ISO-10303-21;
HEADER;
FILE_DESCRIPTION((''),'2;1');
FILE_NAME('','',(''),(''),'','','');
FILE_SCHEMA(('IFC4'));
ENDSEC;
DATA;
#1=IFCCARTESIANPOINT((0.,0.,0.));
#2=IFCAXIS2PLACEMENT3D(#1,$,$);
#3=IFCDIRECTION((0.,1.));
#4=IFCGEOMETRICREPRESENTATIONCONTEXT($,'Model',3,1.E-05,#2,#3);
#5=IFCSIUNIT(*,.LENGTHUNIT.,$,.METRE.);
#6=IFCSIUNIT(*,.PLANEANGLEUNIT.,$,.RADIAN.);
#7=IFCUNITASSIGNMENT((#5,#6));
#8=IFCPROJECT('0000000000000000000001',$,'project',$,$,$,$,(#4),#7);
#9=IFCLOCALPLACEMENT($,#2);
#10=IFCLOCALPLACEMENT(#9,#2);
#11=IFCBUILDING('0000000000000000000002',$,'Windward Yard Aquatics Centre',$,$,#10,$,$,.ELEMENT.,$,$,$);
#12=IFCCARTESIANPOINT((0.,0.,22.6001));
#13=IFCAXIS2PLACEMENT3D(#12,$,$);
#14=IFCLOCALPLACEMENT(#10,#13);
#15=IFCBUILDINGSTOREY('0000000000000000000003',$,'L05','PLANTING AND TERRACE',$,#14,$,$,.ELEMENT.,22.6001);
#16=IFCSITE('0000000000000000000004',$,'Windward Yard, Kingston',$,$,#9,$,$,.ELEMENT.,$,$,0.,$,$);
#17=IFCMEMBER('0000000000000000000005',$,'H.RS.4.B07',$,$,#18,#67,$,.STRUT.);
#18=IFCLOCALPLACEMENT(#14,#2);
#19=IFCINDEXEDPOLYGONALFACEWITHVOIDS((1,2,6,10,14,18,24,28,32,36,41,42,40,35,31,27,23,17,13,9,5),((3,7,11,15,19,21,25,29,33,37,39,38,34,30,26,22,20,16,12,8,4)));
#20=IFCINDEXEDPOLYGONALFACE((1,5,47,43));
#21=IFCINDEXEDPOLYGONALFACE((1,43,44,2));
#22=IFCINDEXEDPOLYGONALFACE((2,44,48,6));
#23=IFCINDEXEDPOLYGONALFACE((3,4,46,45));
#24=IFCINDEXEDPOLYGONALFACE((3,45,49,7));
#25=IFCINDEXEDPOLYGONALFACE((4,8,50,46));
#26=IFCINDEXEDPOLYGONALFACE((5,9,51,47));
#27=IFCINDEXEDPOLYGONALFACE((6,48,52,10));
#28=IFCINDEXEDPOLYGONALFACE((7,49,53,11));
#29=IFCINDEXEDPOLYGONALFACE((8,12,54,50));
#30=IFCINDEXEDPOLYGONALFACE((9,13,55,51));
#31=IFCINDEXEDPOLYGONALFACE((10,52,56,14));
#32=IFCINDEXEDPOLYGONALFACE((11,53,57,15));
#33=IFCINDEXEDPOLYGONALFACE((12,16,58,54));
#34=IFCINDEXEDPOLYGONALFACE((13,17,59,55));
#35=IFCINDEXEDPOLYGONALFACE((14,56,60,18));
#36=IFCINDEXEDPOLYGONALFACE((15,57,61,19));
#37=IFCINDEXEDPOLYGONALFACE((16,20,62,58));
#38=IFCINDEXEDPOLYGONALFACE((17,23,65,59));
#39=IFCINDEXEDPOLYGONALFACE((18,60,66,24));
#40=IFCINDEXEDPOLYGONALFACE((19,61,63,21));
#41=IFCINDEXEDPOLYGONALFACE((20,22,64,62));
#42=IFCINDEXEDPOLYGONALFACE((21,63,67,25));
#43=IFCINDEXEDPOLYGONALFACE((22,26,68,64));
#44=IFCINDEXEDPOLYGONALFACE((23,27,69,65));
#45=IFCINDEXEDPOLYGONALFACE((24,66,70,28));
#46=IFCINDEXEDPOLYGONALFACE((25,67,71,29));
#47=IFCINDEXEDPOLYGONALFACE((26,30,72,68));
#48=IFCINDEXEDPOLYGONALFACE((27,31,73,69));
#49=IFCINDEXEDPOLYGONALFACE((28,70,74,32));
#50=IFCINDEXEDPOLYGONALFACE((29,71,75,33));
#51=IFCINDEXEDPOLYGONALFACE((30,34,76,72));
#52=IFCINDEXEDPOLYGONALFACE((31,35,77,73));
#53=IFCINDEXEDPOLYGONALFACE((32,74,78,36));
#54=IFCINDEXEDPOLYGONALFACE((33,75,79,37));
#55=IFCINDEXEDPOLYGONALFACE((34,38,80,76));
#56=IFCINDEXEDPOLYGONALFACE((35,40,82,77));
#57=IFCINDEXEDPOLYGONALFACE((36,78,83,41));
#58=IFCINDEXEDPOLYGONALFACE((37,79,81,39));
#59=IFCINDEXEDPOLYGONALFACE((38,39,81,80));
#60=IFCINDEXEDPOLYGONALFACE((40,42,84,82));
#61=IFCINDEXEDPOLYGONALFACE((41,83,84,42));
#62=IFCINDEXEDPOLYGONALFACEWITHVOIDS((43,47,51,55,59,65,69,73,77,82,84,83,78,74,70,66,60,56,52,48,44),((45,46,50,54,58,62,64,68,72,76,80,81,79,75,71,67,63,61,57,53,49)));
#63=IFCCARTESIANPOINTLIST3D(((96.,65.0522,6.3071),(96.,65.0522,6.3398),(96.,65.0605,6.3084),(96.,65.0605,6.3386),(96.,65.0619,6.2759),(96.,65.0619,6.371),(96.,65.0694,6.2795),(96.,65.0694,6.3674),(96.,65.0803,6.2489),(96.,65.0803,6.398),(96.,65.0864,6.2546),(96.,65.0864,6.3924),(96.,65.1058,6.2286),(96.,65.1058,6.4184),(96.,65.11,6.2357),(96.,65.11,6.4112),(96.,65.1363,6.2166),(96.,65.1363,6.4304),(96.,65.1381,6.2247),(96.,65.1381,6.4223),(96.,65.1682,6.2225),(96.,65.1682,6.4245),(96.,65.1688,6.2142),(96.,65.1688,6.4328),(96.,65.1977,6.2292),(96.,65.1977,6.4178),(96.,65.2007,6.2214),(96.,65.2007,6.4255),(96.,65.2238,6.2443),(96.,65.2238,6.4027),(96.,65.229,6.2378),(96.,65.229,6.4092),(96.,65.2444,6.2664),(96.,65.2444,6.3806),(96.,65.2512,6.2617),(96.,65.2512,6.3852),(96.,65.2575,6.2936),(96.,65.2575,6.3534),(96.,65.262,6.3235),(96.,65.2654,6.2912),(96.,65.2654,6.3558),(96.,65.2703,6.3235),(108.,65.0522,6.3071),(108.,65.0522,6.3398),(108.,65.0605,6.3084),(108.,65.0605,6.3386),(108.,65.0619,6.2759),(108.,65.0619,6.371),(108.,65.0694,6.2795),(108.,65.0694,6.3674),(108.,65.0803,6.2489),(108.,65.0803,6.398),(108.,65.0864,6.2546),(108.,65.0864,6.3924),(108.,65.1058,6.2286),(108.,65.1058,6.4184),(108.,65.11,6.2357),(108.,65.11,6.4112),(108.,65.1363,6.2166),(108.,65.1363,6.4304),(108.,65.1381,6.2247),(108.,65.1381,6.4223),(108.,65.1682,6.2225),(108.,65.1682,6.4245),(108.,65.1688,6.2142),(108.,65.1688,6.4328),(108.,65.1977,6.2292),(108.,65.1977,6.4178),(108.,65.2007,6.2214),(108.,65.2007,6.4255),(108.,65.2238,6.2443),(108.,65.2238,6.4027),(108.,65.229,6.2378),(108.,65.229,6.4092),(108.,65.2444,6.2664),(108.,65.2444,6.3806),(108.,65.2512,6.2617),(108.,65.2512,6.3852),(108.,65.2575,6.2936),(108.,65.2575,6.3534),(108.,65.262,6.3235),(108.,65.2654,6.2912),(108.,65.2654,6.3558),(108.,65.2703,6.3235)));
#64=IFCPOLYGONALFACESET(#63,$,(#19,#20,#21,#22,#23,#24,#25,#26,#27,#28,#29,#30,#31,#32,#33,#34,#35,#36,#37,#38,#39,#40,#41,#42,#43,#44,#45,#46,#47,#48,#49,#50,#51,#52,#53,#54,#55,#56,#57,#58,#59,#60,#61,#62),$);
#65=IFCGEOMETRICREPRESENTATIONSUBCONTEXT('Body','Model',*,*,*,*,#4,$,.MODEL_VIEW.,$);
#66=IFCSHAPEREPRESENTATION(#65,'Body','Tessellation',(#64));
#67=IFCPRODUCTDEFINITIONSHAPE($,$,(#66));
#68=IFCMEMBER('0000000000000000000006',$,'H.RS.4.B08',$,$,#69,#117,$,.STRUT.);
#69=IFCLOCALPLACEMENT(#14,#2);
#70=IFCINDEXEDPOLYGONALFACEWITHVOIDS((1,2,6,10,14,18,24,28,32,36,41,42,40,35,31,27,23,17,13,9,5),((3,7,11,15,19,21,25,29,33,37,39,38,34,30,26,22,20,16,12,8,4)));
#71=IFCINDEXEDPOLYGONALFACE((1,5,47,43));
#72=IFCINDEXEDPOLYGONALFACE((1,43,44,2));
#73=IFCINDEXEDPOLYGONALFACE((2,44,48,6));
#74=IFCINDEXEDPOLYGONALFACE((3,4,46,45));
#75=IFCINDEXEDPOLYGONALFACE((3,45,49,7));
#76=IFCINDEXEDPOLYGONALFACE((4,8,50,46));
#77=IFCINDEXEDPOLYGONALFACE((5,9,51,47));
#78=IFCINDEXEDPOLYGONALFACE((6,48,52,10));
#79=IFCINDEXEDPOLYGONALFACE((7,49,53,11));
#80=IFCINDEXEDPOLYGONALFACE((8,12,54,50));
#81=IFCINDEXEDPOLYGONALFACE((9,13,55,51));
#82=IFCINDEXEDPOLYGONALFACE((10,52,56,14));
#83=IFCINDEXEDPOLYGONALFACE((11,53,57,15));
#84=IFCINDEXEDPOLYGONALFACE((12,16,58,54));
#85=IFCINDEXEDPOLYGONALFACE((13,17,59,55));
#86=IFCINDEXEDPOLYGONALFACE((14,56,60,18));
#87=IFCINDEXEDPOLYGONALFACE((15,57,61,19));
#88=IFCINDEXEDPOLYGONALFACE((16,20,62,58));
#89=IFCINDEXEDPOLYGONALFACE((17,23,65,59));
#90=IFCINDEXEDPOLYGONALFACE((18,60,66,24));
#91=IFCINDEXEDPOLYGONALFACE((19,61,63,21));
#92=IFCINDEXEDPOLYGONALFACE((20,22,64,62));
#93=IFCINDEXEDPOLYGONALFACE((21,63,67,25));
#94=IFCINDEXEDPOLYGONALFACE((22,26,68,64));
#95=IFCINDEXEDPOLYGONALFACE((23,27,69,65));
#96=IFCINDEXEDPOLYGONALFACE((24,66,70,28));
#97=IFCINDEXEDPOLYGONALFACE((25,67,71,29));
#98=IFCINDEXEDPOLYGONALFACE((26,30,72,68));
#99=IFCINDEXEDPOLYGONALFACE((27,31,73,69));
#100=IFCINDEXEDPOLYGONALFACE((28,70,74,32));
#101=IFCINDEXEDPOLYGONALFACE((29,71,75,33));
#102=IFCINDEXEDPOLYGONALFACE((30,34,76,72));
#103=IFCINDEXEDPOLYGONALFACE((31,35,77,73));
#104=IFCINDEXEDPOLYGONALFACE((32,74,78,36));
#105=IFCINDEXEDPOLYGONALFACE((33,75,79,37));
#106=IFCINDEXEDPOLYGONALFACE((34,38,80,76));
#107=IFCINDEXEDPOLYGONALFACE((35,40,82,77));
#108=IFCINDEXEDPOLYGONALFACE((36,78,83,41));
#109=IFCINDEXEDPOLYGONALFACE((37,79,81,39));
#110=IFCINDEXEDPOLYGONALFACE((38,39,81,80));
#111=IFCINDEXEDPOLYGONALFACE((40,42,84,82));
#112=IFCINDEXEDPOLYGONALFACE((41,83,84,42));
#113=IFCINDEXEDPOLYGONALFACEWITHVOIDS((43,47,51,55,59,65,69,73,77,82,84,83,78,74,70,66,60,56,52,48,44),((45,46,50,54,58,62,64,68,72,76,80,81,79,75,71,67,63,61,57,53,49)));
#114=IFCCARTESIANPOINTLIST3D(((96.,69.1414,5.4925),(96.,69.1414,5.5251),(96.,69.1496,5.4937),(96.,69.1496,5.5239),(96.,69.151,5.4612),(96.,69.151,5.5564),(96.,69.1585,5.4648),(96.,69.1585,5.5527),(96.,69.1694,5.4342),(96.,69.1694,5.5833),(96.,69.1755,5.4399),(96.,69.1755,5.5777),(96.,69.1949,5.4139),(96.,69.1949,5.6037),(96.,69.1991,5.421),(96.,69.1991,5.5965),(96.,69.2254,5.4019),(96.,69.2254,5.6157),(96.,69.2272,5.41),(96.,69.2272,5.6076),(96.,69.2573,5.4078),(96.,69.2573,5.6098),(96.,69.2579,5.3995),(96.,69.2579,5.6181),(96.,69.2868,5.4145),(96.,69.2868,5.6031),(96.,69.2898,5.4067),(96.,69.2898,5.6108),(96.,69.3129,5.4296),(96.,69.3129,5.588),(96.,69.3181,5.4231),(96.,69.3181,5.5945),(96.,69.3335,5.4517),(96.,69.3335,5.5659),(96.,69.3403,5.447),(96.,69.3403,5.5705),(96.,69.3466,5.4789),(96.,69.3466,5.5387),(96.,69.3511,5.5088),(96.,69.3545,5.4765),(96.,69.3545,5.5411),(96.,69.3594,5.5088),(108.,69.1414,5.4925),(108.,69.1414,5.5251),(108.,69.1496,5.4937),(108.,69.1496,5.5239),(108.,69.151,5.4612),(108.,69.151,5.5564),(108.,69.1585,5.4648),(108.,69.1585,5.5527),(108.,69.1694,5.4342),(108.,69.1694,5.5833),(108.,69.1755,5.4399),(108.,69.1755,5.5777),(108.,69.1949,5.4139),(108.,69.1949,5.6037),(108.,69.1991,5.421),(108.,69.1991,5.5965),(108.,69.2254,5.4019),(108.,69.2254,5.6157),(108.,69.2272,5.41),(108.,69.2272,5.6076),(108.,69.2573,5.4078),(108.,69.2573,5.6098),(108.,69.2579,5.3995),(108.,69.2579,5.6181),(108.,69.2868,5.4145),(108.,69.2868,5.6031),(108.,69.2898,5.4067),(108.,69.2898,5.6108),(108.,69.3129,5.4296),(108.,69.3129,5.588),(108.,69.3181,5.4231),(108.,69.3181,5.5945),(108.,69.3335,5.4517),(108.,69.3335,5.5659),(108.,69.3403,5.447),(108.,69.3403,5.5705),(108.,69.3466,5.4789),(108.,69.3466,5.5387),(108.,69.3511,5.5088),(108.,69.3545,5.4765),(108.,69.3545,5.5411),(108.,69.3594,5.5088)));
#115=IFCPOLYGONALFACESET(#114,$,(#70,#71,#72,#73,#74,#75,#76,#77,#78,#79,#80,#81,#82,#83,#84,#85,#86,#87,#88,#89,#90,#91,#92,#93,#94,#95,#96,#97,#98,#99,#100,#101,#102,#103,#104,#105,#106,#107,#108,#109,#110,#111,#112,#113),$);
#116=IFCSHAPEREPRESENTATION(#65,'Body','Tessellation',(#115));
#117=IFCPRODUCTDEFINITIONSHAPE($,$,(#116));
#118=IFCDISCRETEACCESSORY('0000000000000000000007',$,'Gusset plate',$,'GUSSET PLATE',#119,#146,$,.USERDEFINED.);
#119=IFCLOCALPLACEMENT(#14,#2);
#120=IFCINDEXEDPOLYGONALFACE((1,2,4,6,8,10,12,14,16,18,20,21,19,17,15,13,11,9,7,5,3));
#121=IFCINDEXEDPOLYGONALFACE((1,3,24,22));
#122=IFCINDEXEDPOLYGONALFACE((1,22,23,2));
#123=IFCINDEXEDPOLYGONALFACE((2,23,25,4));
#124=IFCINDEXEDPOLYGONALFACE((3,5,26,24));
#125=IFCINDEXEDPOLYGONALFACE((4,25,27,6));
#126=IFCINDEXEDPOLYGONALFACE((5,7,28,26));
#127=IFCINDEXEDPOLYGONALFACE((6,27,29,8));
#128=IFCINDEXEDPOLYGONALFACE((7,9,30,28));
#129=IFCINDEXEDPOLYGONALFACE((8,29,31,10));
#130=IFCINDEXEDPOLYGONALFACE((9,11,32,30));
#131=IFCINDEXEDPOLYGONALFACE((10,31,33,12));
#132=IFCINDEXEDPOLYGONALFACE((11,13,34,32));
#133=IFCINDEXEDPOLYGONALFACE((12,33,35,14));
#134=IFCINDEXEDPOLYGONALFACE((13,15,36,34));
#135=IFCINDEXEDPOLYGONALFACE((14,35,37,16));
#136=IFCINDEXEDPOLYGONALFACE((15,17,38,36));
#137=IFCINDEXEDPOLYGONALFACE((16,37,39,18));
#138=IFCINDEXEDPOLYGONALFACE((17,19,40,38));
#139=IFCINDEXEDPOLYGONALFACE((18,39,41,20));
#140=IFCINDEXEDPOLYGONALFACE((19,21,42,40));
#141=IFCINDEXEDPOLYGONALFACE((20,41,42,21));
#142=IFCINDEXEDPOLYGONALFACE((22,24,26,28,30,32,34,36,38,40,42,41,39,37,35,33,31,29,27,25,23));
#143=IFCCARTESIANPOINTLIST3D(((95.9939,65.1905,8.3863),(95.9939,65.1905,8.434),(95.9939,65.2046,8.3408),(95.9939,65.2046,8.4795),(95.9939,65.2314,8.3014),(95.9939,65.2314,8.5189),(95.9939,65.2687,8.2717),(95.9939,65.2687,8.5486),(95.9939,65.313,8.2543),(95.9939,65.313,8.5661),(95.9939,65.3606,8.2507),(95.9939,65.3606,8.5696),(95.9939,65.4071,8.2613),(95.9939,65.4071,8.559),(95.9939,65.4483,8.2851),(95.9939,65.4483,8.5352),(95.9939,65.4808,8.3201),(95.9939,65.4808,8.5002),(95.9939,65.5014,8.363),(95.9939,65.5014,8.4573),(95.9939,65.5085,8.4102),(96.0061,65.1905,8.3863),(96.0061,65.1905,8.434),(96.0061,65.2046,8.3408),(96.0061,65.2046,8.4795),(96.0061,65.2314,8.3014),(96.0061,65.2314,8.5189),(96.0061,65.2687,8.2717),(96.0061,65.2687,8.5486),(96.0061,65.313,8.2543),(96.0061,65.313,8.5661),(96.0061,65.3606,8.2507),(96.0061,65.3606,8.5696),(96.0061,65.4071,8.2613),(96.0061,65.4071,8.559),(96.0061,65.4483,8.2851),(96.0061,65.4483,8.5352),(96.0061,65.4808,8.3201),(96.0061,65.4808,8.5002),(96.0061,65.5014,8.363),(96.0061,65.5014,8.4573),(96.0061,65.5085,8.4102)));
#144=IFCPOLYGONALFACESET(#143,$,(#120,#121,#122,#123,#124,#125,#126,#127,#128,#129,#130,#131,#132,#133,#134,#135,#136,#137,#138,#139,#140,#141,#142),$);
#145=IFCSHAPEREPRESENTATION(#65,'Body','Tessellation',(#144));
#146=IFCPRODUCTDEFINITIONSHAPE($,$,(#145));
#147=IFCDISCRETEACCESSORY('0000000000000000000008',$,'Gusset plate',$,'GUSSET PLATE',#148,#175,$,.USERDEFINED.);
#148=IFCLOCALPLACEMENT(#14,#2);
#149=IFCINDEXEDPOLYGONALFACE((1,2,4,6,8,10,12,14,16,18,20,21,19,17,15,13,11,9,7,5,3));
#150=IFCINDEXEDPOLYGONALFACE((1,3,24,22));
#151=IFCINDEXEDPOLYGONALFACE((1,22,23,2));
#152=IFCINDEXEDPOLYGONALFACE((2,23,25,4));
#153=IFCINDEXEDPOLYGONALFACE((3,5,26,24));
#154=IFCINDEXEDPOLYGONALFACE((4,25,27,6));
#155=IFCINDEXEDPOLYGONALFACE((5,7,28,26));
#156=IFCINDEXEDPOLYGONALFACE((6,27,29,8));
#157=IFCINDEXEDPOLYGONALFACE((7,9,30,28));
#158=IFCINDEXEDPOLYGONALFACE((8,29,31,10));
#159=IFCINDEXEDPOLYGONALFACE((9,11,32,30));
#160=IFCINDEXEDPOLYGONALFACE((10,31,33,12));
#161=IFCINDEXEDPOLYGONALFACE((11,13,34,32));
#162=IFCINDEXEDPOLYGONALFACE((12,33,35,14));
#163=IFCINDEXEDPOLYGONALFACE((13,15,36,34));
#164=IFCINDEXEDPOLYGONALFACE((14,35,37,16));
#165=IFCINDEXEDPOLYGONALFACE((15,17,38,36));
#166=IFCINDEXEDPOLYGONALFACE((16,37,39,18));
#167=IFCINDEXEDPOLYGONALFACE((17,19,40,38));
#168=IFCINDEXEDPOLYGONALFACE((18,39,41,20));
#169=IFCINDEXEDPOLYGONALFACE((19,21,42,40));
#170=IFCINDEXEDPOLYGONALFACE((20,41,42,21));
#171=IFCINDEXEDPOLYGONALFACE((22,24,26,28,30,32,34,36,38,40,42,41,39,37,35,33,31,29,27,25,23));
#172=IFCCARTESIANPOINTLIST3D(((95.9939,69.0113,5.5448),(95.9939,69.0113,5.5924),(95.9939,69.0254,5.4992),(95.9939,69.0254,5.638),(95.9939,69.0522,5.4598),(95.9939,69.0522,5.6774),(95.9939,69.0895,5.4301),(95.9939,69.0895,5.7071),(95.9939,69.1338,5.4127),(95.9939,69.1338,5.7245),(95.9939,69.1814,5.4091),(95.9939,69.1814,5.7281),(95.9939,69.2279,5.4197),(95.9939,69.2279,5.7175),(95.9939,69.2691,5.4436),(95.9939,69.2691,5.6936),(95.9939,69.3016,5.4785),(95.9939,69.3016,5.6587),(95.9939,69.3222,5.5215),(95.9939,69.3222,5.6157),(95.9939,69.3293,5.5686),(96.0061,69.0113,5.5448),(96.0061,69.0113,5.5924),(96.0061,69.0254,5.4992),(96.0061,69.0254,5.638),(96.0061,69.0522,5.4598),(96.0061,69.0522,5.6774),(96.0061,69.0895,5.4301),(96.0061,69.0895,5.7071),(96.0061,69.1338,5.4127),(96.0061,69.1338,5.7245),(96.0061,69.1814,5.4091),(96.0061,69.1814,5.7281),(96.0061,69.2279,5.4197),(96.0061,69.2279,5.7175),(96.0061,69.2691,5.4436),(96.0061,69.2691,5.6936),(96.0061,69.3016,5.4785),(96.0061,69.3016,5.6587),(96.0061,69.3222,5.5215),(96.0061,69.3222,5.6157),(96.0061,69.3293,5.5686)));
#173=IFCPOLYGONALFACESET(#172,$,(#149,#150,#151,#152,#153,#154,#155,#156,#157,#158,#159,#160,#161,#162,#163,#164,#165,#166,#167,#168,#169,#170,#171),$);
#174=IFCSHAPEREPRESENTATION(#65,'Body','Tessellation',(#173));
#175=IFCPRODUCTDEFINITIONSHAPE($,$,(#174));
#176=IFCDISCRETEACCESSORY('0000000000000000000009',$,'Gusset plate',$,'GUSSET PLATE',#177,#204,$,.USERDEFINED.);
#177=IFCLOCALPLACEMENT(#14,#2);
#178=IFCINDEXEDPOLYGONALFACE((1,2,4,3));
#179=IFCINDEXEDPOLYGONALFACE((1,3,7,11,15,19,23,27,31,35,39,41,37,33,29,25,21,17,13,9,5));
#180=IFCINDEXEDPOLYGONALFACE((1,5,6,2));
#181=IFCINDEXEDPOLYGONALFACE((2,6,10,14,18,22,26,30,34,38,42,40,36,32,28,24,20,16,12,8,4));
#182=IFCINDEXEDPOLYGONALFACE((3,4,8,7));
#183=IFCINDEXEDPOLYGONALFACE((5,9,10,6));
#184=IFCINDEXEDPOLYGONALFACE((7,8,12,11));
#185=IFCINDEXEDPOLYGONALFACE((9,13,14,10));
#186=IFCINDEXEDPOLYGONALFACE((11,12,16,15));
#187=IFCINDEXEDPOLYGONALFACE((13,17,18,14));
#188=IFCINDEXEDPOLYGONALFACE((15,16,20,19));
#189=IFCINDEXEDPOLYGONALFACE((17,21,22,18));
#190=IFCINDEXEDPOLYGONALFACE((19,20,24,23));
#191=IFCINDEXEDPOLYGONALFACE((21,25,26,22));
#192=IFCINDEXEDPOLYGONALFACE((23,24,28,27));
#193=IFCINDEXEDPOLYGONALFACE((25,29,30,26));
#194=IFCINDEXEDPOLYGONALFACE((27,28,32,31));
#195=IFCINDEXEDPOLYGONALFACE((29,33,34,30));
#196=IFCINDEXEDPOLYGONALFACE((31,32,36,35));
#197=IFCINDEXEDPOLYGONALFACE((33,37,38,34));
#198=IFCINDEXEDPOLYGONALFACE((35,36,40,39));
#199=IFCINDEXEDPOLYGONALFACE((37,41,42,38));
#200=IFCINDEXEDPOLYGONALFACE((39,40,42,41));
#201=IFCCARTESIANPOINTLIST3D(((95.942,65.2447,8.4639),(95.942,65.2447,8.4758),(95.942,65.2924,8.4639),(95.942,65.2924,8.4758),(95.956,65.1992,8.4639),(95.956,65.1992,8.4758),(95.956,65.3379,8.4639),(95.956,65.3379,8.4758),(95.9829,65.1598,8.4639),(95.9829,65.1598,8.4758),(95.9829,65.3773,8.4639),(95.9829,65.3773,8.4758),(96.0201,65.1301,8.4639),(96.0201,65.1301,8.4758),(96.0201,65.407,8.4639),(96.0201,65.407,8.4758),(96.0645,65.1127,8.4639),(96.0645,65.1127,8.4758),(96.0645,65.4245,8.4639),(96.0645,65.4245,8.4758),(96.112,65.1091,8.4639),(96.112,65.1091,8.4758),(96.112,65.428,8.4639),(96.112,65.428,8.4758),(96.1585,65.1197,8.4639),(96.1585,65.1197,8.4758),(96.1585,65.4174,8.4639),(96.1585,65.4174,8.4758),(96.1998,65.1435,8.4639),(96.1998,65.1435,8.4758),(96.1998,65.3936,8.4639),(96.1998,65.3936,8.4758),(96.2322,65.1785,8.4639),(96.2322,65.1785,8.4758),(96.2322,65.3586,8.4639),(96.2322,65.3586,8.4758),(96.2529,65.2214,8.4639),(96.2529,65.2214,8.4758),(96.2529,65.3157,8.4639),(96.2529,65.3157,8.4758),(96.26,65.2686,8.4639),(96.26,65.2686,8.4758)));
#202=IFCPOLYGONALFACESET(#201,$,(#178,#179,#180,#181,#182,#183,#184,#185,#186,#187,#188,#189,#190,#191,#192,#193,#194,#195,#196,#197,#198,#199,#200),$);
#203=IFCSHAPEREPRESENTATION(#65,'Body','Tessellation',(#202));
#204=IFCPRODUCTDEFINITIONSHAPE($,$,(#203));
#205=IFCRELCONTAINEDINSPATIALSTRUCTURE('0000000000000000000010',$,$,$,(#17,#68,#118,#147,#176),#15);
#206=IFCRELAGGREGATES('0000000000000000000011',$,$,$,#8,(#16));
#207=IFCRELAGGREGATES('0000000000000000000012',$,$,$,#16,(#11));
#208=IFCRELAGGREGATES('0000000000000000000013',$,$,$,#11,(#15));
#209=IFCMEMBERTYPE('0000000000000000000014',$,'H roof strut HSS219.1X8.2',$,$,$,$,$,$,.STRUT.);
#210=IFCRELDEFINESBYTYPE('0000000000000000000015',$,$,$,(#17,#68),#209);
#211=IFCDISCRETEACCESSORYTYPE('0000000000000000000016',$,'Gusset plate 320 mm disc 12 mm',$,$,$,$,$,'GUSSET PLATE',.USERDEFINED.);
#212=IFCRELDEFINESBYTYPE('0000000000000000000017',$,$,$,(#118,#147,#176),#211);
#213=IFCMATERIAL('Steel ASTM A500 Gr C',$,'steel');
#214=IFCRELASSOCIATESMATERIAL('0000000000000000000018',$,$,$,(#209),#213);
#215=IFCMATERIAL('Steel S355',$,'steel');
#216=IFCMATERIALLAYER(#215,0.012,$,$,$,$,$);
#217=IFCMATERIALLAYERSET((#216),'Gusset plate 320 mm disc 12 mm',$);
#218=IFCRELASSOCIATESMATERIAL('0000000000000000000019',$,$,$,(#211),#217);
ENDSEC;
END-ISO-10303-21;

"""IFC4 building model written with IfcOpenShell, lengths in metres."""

from ifc_helpers import new_model, si_unit, direction, frame, origin, origin_2d, place, context, subcontext, project, spatial, circle, hollow_circle, extrude, material, layer, layer_set, material_profile, profile_set, type_object, element, save


model = new_model("IFC4")

# Units and contexts
model_context = context("Model", 3, precision=1e-05, world=origin(), true_north=direction((0.0, 1.0)))
body_context = subcontext(model_context, "Body", "Model", "MODEL_VIEW")
ifc_project = project(units=[si_unit("LENGTHUNIT", "METRE"), si_unit("PLANEANGLEUNIT", "RADIAN")], contexts=[model_context])

# Site, building, storey
site_placement = place(None, origin())
site = spatial("IfcSite", under=ifc_project, at=site_placement, Name="Windward Yard, Kingston", CompositionType="ELEMENT", RefElevation=0.0)
building_placement = place(site_placement, origin())
building = spatial("IfcBuilding", under=site, at=building_placement, Name="Windward Yard Aquatics Centre", CompositionType="ELEMENT")
storey_placement = place(building_placement, frame((0.0, 0.0, 22.6001)))
storey = spatial("IfcBuildingStorey", under=building, at=storey_placement, Name="L05", Description="PLANTING AND TERRACE", CompositionType="ELEMENT", Elevation=22.6001)

# Members
ifc_material_1 = material(Name="Steel ASTM A500 Gr C", Category="steel")
ifc_material_profile_1 = material_profile(ifc_material_1, hollow_circle(Radius=0.1096, WallThickness=0.0083, at=origin_2d()), Name="HSS219.1X8.2")
ifc_profile_set_1 = profile_set([ifc_material_profile_1], Name="Steel ASTM A500 Gr C")
member_type_1 = type_object("IfcMemberType", Name="H roof strut HSS219.1X8.2", PredefinedType="STRUT", material=ifc_profile_set_1)
for number, where, z_axis, x_axis, name in (
    (1, (96.0, 65.1606, 6.3235), (1.0, 0.0, 0.0), (0.0, 1.0, 0.0), "H.RS.4.B07"),
    (2, (96.0, 69.2498, 5.5088), (1.0, 0.0, 0.0), (0.0, 1.0, 0.0), "H.RS.4.B08"),
):
    element("IfcMember", number, at=place(storey_placement, frame(where, z_axis=z_axis, x_axis=x_axis)), inside=storey, type_object=member_type_1, Name=name, PredefinedType="STRUT", context=body_context, shape_type="SweptSolid", body=[
        extrude(hollow_circle(Radius=0.1096, WallThickness=0.0083, at=origin_2d()), origin(), (0.0, 0.0, 1.0), 12.0),
    ])

# Discrete accessories
ifc_material_2 = material(Name="Steel S355", Category="steel")
ifc_layer = layer(ifc_material_2, 0.012)
ifc_layer_set = layer_set([ifc_layer], Name="Gusset plate 320 mm disc 12 mm")
discrete_accessory_type = type_object("IfcDiscreteAccessoryType", Name="Gusset plate 320 mm disc 12 mm", ElementType="GUSSET PLATE", PredefinedType="USERDEFINED", material=ifc_layer_set)
for number, where, z_axis, x_axis, name in (
    (3, (95.9939, 65.3486, 8.4102), (1.0, 0.0, 0.0), (0.0, 1.0, 0.0), "Gusset plate"),
    (4, (95.9939, 69.1694, 5.5686), (1.0, 0.0, 0.0), (0.0, 1.0, 0.0), "Gusset plate"),
):
    element("IfcDiscreteAccessory", number, at=place(storey_placement, frame(where, z_axis=z_axis, x_axis=x_axis)), inside=storey, type_object=discrete_accessory_type, Name=name, ObjectType="GUSSET PLATE", PredefinedType="USERDEFINED", context=body_context, shape_type="SweptSolid", body=[
        extrude(circle(Radius=0.1599, at=origin_2d()), origin(), (0.0, 0.0, 1.0), 0.0122),
    ])
for number, where, z_axis, x_axis, name in (
    (5, (96.1001, 65.2686, 8.4639), (0.0, 0.0, 1.0), (1.0, 0.0, 0.0), "Gusset plate"),
):
    element("IfcDiscreteAccessory", number, at=place(storey_placement, frame(where, z_axis=z_axis, x_axis=x_axis)), inside=storey, type_object=discrete_accessory_type, Name=name, ObjectType="GUSSET PLATE", PredefinedType="USERDEFINED", context=body_context, shape_type="SweptSolid", body=[
        extrude(circle(Radius=0.1599, at=origin_2d()), origin(), (0.0, 0.0, 1.0), 0.012),
    ])

save(model, "model.ifc")
